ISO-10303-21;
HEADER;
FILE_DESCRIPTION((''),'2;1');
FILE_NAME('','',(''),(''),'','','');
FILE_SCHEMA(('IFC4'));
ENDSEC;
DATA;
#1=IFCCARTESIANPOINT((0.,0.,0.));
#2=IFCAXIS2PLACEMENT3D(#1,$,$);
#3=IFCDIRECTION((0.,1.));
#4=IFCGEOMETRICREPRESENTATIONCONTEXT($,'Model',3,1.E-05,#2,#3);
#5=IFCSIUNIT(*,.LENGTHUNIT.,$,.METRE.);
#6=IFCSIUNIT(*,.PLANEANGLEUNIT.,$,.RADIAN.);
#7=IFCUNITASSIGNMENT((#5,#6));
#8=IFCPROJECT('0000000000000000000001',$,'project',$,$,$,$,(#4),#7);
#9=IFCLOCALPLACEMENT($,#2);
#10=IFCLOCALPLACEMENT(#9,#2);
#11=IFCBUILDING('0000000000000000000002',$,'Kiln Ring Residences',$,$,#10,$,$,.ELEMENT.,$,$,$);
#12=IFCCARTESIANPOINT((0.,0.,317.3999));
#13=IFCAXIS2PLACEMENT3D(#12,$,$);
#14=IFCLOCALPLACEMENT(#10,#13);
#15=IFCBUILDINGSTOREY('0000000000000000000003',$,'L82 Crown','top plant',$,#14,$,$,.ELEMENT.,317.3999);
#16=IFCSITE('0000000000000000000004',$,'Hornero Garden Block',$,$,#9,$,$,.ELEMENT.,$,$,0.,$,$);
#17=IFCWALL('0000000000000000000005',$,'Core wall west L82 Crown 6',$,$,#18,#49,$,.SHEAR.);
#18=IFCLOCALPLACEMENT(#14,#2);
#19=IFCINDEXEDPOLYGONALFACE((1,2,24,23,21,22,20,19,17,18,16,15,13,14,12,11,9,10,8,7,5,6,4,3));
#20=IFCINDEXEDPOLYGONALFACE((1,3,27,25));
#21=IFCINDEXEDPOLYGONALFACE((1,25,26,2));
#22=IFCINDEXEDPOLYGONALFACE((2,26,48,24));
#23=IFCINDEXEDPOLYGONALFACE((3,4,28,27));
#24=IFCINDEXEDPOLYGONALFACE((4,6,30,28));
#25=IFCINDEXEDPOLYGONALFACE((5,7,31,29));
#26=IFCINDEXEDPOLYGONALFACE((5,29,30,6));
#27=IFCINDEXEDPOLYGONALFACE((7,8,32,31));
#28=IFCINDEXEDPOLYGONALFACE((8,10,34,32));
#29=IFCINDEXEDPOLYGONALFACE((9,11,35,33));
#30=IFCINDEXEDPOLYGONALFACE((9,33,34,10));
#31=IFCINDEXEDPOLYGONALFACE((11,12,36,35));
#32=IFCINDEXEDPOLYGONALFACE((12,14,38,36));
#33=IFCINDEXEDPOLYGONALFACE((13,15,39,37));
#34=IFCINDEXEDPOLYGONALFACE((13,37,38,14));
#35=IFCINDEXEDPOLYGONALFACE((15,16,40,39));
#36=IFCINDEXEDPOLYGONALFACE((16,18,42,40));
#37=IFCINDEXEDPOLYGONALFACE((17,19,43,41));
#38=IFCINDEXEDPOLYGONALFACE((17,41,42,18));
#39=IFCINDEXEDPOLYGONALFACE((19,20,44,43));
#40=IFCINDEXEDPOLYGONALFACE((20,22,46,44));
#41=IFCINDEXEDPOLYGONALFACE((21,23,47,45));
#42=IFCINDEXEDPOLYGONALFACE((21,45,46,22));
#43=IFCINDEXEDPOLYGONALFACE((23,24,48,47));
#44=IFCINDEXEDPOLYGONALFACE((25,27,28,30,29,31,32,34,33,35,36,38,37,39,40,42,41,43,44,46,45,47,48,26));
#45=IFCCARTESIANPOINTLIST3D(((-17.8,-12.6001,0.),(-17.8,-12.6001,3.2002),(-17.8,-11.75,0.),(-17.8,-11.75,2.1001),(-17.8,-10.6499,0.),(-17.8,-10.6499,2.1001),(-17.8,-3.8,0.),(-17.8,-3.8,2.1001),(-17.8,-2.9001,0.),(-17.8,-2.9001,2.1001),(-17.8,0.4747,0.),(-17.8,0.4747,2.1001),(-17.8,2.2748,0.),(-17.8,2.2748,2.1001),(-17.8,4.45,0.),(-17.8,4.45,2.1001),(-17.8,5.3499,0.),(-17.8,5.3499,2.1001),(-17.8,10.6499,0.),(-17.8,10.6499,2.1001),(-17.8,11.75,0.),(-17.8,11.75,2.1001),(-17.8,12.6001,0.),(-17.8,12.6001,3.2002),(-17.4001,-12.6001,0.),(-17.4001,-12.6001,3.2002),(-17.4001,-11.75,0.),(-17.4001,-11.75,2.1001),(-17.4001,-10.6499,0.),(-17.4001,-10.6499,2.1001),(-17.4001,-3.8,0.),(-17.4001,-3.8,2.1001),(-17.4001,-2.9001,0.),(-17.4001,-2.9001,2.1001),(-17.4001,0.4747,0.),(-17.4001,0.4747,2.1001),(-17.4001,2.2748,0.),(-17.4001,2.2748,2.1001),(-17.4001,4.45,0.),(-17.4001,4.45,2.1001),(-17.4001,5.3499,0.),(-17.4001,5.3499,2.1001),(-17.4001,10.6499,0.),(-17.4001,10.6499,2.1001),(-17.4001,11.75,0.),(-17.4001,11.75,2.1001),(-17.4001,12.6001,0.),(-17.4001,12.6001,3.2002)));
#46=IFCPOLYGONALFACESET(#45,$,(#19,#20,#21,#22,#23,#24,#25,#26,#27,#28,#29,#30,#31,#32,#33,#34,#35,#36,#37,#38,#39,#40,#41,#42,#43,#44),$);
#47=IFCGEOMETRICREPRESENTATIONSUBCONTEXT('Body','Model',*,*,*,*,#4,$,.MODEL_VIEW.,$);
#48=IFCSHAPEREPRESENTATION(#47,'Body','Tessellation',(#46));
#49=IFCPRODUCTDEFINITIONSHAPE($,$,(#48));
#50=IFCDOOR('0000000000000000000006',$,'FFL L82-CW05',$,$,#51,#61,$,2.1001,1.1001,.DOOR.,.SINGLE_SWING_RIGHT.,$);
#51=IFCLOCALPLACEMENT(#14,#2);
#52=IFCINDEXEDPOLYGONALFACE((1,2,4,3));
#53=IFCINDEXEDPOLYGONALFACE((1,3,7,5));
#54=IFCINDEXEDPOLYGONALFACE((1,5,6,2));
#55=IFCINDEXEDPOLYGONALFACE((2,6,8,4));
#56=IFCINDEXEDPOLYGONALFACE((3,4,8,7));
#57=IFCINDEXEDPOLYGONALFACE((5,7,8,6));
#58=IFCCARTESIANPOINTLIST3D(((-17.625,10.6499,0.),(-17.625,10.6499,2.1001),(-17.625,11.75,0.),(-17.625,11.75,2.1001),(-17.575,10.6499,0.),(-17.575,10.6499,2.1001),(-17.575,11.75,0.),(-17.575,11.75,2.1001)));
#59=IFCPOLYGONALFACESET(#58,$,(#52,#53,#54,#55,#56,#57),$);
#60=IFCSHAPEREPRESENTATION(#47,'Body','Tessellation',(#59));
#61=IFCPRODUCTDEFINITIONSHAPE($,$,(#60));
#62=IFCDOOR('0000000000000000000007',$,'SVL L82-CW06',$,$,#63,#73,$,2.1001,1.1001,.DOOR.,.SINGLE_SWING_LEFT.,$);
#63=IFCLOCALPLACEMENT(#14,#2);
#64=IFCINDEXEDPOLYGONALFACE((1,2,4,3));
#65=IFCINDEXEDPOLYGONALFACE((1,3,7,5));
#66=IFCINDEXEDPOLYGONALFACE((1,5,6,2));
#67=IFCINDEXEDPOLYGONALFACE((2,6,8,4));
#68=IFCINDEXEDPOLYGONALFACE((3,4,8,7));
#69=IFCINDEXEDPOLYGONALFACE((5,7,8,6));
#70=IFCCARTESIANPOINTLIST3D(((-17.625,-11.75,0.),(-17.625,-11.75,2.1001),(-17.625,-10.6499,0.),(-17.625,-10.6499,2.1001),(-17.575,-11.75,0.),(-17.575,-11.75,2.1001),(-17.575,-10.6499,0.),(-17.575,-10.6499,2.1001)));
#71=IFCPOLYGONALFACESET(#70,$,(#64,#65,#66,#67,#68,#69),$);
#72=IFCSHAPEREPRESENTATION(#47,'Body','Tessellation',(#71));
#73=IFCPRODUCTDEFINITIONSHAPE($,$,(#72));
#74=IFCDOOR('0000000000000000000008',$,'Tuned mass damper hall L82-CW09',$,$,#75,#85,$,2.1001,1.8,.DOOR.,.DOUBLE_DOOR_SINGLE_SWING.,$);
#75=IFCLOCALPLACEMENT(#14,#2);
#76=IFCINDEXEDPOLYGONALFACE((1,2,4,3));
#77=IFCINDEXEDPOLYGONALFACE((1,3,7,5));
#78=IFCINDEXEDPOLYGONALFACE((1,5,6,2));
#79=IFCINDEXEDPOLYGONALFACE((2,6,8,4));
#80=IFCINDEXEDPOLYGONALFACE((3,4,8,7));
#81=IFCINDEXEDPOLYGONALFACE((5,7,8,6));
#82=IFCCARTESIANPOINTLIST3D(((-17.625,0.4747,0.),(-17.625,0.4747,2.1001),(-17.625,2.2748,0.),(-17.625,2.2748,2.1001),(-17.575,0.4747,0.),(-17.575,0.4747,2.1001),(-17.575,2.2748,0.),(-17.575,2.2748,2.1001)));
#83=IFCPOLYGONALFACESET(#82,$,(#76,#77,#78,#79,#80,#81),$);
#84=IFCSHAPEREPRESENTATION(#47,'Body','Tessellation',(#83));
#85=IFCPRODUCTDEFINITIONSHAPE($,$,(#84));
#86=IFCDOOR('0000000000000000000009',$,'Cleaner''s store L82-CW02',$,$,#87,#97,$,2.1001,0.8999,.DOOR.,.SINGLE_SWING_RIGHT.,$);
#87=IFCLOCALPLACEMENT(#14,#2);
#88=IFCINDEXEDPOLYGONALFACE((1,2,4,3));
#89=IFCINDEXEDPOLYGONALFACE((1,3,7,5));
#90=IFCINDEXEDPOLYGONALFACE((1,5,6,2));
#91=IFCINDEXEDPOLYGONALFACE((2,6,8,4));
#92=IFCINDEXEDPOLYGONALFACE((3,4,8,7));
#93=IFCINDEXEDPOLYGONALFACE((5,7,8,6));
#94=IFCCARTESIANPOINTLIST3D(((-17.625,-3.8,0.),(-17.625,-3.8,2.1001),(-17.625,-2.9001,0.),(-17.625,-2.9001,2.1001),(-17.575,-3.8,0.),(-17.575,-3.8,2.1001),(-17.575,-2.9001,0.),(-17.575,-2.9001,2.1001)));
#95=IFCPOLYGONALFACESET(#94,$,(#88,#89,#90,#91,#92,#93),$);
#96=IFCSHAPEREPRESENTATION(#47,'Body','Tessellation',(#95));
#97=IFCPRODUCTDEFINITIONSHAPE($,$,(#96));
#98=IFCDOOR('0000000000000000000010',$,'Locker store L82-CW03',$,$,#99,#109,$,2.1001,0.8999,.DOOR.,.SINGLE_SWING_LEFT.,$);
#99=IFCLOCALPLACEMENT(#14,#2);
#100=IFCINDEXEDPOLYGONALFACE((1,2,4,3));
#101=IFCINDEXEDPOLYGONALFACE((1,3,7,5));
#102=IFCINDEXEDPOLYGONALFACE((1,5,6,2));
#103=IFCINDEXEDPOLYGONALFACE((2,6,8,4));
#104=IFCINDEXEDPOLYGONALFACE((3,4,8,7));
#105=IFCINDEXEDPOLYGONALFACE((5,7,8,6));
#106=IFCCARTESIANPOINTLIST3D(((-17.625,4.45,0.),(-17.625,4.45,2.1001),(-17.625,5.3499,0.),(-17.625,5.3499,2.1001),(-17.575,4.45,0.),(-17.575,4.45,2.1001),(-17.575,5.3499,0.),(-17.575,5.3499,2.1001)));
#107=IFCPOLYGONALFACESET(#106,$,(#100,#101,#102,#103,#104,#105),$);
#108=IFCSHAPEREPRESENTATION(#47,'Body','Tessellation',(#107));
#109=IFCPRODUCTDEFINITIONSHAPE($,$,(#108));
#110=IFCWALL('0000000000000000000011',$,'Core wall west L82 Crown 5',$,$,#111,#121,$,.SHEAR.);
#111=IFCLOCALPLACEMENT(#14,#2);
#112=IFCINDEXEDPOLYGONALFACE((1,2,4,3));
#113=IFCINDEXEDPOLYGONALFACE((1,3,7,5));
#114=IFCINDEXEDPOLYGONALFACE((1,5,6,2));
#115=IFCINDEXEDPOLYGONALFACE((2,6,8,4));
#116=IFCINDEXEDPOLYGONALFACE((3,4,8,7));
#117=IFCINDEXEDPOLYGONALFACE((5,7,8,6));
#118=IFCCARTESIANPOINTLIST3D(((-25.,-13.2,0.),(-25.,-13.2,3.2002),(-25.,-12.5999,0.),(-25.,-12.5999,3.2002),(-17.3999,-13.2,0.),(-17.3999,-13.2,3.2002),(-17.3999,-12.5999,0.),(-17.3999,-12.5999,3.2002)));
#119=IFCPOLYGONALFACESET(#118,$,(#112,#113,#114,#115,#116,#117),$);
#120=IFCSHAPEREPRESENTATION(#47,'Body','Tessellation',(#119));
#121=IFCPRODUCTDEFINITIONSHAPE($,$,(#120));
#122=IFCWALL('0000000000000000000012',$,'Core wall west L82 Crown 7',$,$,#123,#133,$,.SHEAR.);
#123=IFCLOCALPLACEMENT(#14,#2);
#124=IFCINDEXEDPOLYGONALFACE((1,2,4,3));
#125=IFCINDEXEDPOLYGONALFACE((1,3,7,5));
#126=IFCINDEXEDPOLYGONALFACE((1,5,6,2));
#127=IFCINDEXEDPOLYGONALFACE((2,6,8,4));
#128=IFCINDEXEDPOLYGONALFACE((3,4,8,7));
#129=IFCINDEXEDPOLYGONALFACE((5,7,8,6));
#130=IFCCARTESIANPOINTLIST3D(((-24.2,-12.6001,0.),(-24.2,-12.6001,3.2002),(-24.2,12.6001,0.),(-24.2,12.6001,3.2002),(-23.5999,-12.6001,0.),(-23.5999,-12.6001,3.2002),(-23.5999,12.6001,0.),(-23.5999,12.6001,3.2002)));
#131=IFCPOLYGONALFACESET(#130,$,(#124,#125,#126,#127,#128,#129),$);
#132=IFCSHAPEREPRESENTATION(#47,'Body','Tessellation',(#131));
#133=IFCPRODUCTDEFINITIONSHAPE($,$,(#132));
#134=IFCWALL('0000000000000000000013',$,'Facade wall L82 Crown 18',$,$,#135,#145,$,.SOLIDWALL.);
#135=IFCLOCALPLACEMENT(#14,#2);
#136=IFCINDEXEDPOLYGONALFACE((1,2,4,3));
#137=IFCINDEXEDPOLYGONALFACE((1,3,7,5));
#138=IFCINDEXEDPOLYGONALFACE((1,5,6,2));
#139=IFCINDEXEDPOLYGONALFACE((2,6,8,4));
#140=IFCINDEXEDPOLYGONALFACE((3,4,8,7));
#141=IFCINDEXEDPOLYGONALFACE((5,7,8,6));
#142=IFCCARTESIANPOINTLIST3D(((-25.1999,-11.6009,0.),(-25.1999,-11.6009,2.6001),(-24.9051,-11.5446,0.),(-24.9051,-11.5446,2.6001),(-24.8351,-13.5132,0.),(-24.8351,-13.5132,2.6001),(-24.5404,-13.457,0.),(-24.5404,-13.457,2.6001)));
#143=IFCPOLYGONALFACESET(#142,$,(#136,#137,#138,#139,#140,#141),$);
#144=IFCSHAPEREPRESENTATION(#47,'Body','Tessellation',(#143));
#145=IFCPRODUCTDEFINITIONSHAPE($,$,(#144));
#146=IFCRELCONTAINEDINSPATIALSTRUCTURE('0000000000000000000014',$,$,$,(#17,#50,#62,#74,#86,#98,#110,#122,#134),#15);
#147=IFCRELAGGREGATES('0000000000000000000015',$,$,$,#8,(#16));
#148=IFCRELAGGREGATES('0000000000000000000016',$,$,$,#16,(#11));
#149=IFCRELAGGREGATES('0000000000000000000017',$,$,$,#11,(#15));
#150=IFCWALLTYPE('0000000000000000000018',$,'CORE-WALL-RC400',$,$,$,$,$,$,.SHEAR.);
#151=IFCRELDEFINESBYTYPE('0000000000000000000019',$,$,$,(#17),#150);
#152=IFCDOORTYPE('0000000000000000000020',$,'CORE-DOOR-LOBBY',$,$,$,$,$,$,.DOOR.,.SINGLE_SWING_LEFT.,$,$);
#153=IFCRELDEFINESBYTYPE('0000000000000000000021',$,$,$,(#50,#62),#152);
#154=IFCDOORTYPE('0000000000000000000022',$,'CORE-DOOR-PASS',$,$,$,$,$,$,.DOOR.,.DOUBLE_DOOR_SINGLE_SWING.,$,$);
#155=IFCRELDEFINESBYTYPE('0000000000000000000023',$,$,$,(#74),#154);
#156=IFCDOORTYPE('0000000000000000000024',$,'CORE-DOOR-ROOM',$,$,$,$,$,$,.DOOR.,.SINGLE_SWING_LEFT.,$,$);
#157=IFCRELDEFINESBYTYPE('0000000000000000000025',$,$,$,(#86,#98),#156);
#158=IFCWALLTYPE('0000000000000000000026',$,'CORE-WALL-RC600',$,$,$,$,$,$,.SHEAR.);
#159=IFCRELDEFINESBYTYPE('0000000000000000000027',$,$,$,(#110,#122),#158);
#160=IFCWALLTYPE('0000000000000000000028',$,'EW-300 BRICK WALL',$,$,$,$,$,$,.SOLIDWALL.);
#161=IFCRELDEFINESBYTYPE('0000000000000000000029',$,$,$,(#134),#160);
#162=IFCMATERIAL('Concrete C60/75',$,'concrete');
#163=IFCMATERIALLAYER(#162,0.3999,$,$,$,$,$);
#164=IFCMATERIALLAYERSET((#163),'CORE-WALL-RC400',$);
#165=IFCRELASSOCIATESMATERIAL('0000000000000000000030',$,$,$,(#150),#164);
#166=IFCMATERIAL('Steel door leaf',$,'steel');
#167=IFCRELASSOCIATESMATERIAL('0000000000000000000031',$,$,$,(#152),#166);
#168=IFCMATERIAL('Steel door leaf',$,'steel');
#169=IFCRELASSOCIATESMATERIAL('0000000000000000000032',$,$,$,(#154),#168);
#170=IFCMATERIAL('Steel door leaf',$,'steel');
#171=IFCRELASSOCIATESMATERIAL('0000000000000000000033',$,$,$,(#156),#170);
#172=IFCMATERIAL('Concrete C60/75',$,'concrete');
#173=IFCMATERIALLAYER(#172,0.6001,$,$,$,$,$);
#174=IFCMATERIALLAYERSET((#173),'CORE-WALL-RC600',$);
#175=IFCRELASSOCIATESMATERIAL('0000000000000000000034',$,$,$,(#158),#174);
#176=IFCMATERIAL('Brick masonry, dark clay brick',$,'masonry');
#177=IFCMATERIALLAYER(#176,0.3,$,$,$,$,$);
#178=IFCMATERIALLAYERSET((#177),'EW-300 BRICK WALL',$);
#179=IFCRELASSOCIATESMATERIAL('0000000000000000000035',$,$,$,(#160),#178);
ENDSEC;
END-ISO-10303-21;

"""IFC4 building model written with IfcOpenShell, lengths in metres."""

from ifc_helpers import new_model, si_unit, direction, frame, frame_2d, origin, place, context, subcontext, project, spatial, rectangle, extrude, material, layer, layer_set, type_object, element, fill, save


model = new_model("IFC4")

# Units and contexts
model_context = context("Model", 3, precision=1e-05, world=origin(), true_north=direction((0.0, 1.0)))
body_context = subcontext(model_context, "Body", "Model", "MODEL_VIEW")
ifc_project = project(units=[si_unit("LENGTHUNIT", "METRE"), si_unit("PLANEANGLEUNIT", "RADIAN")], contexts=[model_context])

# Site, building, storey
site_placement = place(None, origin())
site = spatial("IfcSite", under=ifc_project, at=site_placement, Name="Hornero Garden Block", CompositionType="ELEMENT", RefElevation=0.0)
building_placement = place(site_placement, origin())
building = spatial("IfcBuilding", under=site, at=building_placement, Name="Kiln Ring Residences", CompositionType="ELEMENT")
storey_placement = place(building_placement, frame((0.0, 0.0, 317.3999)))
storey = spatial("IfcBuildingStorey", under=building, at=storey_placement, Name="L82 Crown", Description="top plant", CompositionType="ELEMENT", Elevation=317.3999)

# Wall, openings, doors
ifc_material_1 = material(Name="Concrete C60/75", Category="concrete")
ifc_layer_1 = layer(ifc_material_1, 0.3999)
ifc_layer_set_1 = layer_set([ifc_layer_1], Name="CORE-WALL-RC400")
wall_type_1 = type_object("IfcWallType", Name="CORE-WALL-RC400", PredefinedType="SHEAR", material=ifc_layer_set_1)
wall_1_placement = place(storey_placement, frame((-17.6001, -12.6001, 0.0), z_axis=(0.0, 0.0, 1.0), x_axis=(0.0, 1.0, 0.0)))
wall_1 = element("IfcWall", 1, at=wall_1_placement, inside=storey, type_object=wall_type_1, Name="Core wall west L82 Crown 6", PredefinedType="SHEAR", context=body_context, shape_type="SweptSolid", body=[
    extrude(rectangle(XDim=25.2002, YDim=0.3999, at=frame_2d((12.6001, 0.0))), origin(), (0.0, 0.0, 1.0), 3.2002),
])
opening_1_placement = place(wall_1_placement, frame((8.8, 0.0, 0.0)))
opening_1 = element("IfcOpeningElement", 2, at=opening_1_placement, cuts=wall_1, PredefinedType="OPENING", context=body_context, shape_type="SweptSolid", body=[
    extrude(rectangle(XDim=0.8999, YDim=2.1001, at=frame_2d((0.45, 1.05))), frame((0.0, 0.21, 0.0), z_axis=(0.0, -1.0, 0.0), x_axis=(1.0, 0.0, 0.0)), (0.0, 0.0, 1.0), 0.4199),
])
opening_2_placement = place(wall_1_placement, frame((17.05, 0.0, 0.0)))
opening_2 = element("IfcOpeningElement", 3, at=opening_2_placement, cuts=wall_1, PredefinedType="OPENING", context=body_context, shape_type="SweptSolid", body=[
    extrude(rectangle(XDim=0.8999, YDim=2.1001, at=frame_2d((0.45, 1.05))), frame((0.0, 0.21, 0.0), z_axis=(0.0, -1.0, 0.0), x_axis=(1.0, 0.0, 0.0)), (0.0, 0.0, 1.0), 0.4199),
])
opening_3_placement = place(wall_1_placement, frame((23.25, 0.0, 0.0)))
opening_3 = element("IfcOpeningElement", 4, at=opening_3_placement, cuts=wall_1, PredefinedType="OPENING", context=body_context, shape_type="SweptSolid", body=[
    extrude(rectangle(XDim=1.1001, YDim=2.1001, at=frame_2d((0.55, 1.05))), frame((0.0, 0.21, 0.0), z_axis=(0.0, -1.0, 0.0), x_axis=(1.0, 0.0, 0.0)), (0.0, 0.0, 1.0), 0.4199),
])
opening_4_placement = place(wall_1_placement, frame((0.8501, 0.0, 0.0)))
opening_4 = element("IfcOpeningElement", 5, at=opening_4_placement, cuts=wall_1, PredefinedType="OPENING", context=body_context, shape_type="SweptSolid", body=[
    extrude(rectangle(XDim=1.1001, YDim=2.1001, at=frame_2d((0.55, 1.05))), frame((0.0, 0.21, 0.0), z_axis=(0.0, -1.0, 0.0), x_axis=(1.0, 0.0, 0.0)), (0.0, 0.0, 1.0), 0.4199),
])
opening_5_placement = place(wall_1_placement, frame((13.075, 0.0, 0.0)))
opening_5 = element("IfcOpeningElement", 6, at=opening_5_placement, cuts=wall_1, PredefinedType="OPENING", context=body_context, shape_type="SweptSolid", body=[
    extrude(rectangle(XDim=1.8, YDim=2.1001, at=frame_2d((0.8999, 1.05))), frame((0.0, 0.21, 0.0), z_axis=(0.0, -1.0, 0.0), x_axis=(1.0, 0.0, 0.0)), (0.0, 0.0, 1.0), 0.4199),
])
ifc_material_2 = material(Name="Steel door leaf", Category="steel")
door_type_1 = type_object("IfcDoorType", Name="CORE-DOOR-LOBBY", OperationType="SINGLE_SWING_LEFT", PredefinedType="DOOR", material=ifc_material_2)
door_1_placement = place(opening_3_placement, origin())
door_1 = element("IfcDoor", 7, at=door_1_placement, inside=storey, type_object=door_type_1, Name="FFL L82-CW05", OperationType="SINGLE_SWING_RIGHT", OverallHeight=2.1001, OverallWidth=1.1001, PredefinedType="DOOR", context=body_context, shape_type="SweptSolid", body=[
    extrude(rectangle(XDim=1.1001, YDim=2.1001, at=frame_2d((0.55, 1.05))), frame((0.0, 0.0249, 0.0), z_axis=(0.0, -1.0, 0.0), x_axis=(1.0, 0.0, 0.0)), (0.0, 0.0, 1.0), 0.05),
])
fill(opening_3, door_1)
door_2_placement = place(opening_4_placement, origin())
door_2 = element("IfcDoor", 8, at=door_2_placement, inside=storey, type_object=door_type_1, Name="SVL L82-CW06", OperationType="SINGLE_SWING_LEFT", OverallHeight=2.1001, OverallWidth=1.1001, PredefinedType="DOOR", context=body_context, shape_type="SweptSolid", body=[
    extrude(rectangle(XDim=1.1001, YDim=2.1001, at=frame_2d((0.55, 1.05))), frame((0.0, 0.0249, 0.0), z_axis=(0.0, -1.0, 0.0), x_axis=(1.0, 0.0, 0.0)), (0.0, 0.0, 1.0), 0.05),
])
fill(opening_4, door_2)
ifc_material_3 = material(Name="Steel door leaf", Category="steel")
door_type_2 = type_object("IfcDoorType", Name="CORE-DOOR-PASS", OperationType="DOUBLE_DOOR_SINGLE_SWING", PredefinedType="DOOR", material=ifc_material_3)
door_3_placement = place(opening_5_placement, origin())
door_3 = element("IfcDoor", 9, at=door_3_placement, inside=storey, type_object=door_type_2, Name="Tuned mass damper hall L82-CW09", OperationType="DOUBLE_DOOR_SINGLE_SWING", OverallHeight=2.1001, OverallWidth=1.8, PredefinedType="DOOR", context=body_context, shape_type="SweptSolid", body=[
    extrude(rectangle(XDim=1.8, YDim=2.1001, at=frame_2d((0.8999, 1.05))), frame((0.0, 0.0249, 0.0), z_axis=(0.0, -1.0, 0.0), x_axis=(1.0, 0.0, 0.0)), (0.0, 0.0, 1.0), 0.05),
])
fill(opening_5, door_3)
ifc_material_4 = material(Name="Steel door leaf", Category="steel")
door_type_3 = type_object("IfcDoorType", Name="CORE-DOOR-ROOM", OperationType="SINGLE_SWING_LEFT", PredefinedType="DOOR", material=ifc_material_4)
door_4_placement = place(opening_1_placement, origin())
door_4 = element("IfcDoor", 10, at=door_4_placement, inside=storey, type_object=door_type_3, Name="Cleaner's store L82-CW02", OperationType="SINGLE_SWING_RIGHT", OverallHeight=2.1001, OverallWidth=0.8999, PredefinedType="DOOR", context=body_context, shape_type="SweptSolid", body=[
    extrude(rectangle(XDim=0.8999, YDim=2.1001, at=frame_2d((0.45, 1.05))), frame((0.0, 0.0249, 0.0), z_axis=(0.0, -1.0, 0.0), x_axis=(1.0, 0.0, 0.0)), (0.0, 0.0, 1.0), 0.05),
])
fill(opening_1, door_4)
door_5_placement = place(opening_2_placement, origin())
door_5 = element("IfcDoor", 11, at=door_5_placement, inside=storey, type_object=door_type_3, Name="Locker store L82-CW03", OperationType="SINGLE_SWING_LEFT", OverallHeight=2.1001, OverallWidth=0.8999, PredefinedType="DOOR", context=body_context, shape_type="SweptSolid", body=[
    extrude(rectangle(XDim=0.8999, YDim=2.1001, at=frame_2d((0.45, 1.05))), frame((0.0, 0.0249, 0.0), z_axis=(0.0, -1.0, 0.0), x_axis=(1.0, 0.0, 0.0)), (0.0, 0.0, 1.0), 0.05),
])
fill(opening_2, door_5)

# Walls
ifc_material_5 = material(Name="Concrete C60/75", Category="concrete")
ifc_layer_2 = layer(ifc_material_5, 0.6001)
ifc_layer_set_2 = layer_set([ifc_layer_2], Name="CORE-WALL-RC600")
wall_type_2 = type_object("IfcWallType", Name="CORE-WALL-RC600", PredefinedType="SHEAR", material=ifc_layer_set_2)
wall_2_placement = place(storey_placement, frame((-17.3999, -12.8999, 0.0), z_axis=(0.0, 0.0, 1.0), x_axis=(-1.0, 0.0, 0.0)))
element("IfcWall", 12, at=wall_2_placement, inside=storey, type_object=wall_type_2, Name="Core wall west L82 Crown 5", PredefinedType="SHEAR", context=body_context, shape_type="SweptSolid", body=[
    extrude(rectangle(XDim=7.6001, YDim=0.6001, at=frame_2d((3.8, 0.0))), origin(), (0.0, 0.0, 1.0), 3.2002),
])
wall_3_placement = place(storey_placement, frame((-23.8999, -12.6001, 0.0), z_axis=(0.0, 0.0, 1.0), x_axis=(0.0, 1.0, 0.0)))
element("IfcWall", 13, at=wall_3_placement, inside=storey, type_object=wall_type_2, Name="Core wall west L82 Crown 7", PredefinedType="SHEAR", context=body_context, shape_type="SweptSolid", body=[
    extrude(rectangle(XDim=25.2002, YDim=0.6001, at=frame_2d((12.6001, 0.0))), origin(), (0.0, 0.0, 1.0), 3.2002),
])
ifc_material_6 = material(Name="Brick masonry, dark clay brick", Category="masonry")
ifc_layer_3 = layer(ifc_material_6, 0.3)
ifc_layer_set_3 = layer_set([ifc_layer_3], Name="EW-300 BRICK WALL")
wall_type_3 = type_object("IfcWallType", Name="EW-300 BRICK WALL", PredefinedType="SOLIDWALL", material=ifc_layer_set_3)
wall_4_placement = place(storey_placement, frame((-25.0525, -11.5728, 0.0), z_axis=(0.0, 0.0, 1.0), x_axis=(0.187354, -0.982292, 0.0)))
element("IfcWall", 14, at=wall_4_placement, inside=storey, type_object=wall_type_3, Name="Facade wall L82 Crown 18", PredefinedType="SOLIDWALL", context=body_context, shape_type="SweptSolid", body=[
    extrude(rectangle(XDim=1.9468, YDim=0.3, at=frame_2d((0.9734, 0.0))), origin(), (0.0, 0.0, 1.0), 2.6001),
])

save(model, "model.ifc")
